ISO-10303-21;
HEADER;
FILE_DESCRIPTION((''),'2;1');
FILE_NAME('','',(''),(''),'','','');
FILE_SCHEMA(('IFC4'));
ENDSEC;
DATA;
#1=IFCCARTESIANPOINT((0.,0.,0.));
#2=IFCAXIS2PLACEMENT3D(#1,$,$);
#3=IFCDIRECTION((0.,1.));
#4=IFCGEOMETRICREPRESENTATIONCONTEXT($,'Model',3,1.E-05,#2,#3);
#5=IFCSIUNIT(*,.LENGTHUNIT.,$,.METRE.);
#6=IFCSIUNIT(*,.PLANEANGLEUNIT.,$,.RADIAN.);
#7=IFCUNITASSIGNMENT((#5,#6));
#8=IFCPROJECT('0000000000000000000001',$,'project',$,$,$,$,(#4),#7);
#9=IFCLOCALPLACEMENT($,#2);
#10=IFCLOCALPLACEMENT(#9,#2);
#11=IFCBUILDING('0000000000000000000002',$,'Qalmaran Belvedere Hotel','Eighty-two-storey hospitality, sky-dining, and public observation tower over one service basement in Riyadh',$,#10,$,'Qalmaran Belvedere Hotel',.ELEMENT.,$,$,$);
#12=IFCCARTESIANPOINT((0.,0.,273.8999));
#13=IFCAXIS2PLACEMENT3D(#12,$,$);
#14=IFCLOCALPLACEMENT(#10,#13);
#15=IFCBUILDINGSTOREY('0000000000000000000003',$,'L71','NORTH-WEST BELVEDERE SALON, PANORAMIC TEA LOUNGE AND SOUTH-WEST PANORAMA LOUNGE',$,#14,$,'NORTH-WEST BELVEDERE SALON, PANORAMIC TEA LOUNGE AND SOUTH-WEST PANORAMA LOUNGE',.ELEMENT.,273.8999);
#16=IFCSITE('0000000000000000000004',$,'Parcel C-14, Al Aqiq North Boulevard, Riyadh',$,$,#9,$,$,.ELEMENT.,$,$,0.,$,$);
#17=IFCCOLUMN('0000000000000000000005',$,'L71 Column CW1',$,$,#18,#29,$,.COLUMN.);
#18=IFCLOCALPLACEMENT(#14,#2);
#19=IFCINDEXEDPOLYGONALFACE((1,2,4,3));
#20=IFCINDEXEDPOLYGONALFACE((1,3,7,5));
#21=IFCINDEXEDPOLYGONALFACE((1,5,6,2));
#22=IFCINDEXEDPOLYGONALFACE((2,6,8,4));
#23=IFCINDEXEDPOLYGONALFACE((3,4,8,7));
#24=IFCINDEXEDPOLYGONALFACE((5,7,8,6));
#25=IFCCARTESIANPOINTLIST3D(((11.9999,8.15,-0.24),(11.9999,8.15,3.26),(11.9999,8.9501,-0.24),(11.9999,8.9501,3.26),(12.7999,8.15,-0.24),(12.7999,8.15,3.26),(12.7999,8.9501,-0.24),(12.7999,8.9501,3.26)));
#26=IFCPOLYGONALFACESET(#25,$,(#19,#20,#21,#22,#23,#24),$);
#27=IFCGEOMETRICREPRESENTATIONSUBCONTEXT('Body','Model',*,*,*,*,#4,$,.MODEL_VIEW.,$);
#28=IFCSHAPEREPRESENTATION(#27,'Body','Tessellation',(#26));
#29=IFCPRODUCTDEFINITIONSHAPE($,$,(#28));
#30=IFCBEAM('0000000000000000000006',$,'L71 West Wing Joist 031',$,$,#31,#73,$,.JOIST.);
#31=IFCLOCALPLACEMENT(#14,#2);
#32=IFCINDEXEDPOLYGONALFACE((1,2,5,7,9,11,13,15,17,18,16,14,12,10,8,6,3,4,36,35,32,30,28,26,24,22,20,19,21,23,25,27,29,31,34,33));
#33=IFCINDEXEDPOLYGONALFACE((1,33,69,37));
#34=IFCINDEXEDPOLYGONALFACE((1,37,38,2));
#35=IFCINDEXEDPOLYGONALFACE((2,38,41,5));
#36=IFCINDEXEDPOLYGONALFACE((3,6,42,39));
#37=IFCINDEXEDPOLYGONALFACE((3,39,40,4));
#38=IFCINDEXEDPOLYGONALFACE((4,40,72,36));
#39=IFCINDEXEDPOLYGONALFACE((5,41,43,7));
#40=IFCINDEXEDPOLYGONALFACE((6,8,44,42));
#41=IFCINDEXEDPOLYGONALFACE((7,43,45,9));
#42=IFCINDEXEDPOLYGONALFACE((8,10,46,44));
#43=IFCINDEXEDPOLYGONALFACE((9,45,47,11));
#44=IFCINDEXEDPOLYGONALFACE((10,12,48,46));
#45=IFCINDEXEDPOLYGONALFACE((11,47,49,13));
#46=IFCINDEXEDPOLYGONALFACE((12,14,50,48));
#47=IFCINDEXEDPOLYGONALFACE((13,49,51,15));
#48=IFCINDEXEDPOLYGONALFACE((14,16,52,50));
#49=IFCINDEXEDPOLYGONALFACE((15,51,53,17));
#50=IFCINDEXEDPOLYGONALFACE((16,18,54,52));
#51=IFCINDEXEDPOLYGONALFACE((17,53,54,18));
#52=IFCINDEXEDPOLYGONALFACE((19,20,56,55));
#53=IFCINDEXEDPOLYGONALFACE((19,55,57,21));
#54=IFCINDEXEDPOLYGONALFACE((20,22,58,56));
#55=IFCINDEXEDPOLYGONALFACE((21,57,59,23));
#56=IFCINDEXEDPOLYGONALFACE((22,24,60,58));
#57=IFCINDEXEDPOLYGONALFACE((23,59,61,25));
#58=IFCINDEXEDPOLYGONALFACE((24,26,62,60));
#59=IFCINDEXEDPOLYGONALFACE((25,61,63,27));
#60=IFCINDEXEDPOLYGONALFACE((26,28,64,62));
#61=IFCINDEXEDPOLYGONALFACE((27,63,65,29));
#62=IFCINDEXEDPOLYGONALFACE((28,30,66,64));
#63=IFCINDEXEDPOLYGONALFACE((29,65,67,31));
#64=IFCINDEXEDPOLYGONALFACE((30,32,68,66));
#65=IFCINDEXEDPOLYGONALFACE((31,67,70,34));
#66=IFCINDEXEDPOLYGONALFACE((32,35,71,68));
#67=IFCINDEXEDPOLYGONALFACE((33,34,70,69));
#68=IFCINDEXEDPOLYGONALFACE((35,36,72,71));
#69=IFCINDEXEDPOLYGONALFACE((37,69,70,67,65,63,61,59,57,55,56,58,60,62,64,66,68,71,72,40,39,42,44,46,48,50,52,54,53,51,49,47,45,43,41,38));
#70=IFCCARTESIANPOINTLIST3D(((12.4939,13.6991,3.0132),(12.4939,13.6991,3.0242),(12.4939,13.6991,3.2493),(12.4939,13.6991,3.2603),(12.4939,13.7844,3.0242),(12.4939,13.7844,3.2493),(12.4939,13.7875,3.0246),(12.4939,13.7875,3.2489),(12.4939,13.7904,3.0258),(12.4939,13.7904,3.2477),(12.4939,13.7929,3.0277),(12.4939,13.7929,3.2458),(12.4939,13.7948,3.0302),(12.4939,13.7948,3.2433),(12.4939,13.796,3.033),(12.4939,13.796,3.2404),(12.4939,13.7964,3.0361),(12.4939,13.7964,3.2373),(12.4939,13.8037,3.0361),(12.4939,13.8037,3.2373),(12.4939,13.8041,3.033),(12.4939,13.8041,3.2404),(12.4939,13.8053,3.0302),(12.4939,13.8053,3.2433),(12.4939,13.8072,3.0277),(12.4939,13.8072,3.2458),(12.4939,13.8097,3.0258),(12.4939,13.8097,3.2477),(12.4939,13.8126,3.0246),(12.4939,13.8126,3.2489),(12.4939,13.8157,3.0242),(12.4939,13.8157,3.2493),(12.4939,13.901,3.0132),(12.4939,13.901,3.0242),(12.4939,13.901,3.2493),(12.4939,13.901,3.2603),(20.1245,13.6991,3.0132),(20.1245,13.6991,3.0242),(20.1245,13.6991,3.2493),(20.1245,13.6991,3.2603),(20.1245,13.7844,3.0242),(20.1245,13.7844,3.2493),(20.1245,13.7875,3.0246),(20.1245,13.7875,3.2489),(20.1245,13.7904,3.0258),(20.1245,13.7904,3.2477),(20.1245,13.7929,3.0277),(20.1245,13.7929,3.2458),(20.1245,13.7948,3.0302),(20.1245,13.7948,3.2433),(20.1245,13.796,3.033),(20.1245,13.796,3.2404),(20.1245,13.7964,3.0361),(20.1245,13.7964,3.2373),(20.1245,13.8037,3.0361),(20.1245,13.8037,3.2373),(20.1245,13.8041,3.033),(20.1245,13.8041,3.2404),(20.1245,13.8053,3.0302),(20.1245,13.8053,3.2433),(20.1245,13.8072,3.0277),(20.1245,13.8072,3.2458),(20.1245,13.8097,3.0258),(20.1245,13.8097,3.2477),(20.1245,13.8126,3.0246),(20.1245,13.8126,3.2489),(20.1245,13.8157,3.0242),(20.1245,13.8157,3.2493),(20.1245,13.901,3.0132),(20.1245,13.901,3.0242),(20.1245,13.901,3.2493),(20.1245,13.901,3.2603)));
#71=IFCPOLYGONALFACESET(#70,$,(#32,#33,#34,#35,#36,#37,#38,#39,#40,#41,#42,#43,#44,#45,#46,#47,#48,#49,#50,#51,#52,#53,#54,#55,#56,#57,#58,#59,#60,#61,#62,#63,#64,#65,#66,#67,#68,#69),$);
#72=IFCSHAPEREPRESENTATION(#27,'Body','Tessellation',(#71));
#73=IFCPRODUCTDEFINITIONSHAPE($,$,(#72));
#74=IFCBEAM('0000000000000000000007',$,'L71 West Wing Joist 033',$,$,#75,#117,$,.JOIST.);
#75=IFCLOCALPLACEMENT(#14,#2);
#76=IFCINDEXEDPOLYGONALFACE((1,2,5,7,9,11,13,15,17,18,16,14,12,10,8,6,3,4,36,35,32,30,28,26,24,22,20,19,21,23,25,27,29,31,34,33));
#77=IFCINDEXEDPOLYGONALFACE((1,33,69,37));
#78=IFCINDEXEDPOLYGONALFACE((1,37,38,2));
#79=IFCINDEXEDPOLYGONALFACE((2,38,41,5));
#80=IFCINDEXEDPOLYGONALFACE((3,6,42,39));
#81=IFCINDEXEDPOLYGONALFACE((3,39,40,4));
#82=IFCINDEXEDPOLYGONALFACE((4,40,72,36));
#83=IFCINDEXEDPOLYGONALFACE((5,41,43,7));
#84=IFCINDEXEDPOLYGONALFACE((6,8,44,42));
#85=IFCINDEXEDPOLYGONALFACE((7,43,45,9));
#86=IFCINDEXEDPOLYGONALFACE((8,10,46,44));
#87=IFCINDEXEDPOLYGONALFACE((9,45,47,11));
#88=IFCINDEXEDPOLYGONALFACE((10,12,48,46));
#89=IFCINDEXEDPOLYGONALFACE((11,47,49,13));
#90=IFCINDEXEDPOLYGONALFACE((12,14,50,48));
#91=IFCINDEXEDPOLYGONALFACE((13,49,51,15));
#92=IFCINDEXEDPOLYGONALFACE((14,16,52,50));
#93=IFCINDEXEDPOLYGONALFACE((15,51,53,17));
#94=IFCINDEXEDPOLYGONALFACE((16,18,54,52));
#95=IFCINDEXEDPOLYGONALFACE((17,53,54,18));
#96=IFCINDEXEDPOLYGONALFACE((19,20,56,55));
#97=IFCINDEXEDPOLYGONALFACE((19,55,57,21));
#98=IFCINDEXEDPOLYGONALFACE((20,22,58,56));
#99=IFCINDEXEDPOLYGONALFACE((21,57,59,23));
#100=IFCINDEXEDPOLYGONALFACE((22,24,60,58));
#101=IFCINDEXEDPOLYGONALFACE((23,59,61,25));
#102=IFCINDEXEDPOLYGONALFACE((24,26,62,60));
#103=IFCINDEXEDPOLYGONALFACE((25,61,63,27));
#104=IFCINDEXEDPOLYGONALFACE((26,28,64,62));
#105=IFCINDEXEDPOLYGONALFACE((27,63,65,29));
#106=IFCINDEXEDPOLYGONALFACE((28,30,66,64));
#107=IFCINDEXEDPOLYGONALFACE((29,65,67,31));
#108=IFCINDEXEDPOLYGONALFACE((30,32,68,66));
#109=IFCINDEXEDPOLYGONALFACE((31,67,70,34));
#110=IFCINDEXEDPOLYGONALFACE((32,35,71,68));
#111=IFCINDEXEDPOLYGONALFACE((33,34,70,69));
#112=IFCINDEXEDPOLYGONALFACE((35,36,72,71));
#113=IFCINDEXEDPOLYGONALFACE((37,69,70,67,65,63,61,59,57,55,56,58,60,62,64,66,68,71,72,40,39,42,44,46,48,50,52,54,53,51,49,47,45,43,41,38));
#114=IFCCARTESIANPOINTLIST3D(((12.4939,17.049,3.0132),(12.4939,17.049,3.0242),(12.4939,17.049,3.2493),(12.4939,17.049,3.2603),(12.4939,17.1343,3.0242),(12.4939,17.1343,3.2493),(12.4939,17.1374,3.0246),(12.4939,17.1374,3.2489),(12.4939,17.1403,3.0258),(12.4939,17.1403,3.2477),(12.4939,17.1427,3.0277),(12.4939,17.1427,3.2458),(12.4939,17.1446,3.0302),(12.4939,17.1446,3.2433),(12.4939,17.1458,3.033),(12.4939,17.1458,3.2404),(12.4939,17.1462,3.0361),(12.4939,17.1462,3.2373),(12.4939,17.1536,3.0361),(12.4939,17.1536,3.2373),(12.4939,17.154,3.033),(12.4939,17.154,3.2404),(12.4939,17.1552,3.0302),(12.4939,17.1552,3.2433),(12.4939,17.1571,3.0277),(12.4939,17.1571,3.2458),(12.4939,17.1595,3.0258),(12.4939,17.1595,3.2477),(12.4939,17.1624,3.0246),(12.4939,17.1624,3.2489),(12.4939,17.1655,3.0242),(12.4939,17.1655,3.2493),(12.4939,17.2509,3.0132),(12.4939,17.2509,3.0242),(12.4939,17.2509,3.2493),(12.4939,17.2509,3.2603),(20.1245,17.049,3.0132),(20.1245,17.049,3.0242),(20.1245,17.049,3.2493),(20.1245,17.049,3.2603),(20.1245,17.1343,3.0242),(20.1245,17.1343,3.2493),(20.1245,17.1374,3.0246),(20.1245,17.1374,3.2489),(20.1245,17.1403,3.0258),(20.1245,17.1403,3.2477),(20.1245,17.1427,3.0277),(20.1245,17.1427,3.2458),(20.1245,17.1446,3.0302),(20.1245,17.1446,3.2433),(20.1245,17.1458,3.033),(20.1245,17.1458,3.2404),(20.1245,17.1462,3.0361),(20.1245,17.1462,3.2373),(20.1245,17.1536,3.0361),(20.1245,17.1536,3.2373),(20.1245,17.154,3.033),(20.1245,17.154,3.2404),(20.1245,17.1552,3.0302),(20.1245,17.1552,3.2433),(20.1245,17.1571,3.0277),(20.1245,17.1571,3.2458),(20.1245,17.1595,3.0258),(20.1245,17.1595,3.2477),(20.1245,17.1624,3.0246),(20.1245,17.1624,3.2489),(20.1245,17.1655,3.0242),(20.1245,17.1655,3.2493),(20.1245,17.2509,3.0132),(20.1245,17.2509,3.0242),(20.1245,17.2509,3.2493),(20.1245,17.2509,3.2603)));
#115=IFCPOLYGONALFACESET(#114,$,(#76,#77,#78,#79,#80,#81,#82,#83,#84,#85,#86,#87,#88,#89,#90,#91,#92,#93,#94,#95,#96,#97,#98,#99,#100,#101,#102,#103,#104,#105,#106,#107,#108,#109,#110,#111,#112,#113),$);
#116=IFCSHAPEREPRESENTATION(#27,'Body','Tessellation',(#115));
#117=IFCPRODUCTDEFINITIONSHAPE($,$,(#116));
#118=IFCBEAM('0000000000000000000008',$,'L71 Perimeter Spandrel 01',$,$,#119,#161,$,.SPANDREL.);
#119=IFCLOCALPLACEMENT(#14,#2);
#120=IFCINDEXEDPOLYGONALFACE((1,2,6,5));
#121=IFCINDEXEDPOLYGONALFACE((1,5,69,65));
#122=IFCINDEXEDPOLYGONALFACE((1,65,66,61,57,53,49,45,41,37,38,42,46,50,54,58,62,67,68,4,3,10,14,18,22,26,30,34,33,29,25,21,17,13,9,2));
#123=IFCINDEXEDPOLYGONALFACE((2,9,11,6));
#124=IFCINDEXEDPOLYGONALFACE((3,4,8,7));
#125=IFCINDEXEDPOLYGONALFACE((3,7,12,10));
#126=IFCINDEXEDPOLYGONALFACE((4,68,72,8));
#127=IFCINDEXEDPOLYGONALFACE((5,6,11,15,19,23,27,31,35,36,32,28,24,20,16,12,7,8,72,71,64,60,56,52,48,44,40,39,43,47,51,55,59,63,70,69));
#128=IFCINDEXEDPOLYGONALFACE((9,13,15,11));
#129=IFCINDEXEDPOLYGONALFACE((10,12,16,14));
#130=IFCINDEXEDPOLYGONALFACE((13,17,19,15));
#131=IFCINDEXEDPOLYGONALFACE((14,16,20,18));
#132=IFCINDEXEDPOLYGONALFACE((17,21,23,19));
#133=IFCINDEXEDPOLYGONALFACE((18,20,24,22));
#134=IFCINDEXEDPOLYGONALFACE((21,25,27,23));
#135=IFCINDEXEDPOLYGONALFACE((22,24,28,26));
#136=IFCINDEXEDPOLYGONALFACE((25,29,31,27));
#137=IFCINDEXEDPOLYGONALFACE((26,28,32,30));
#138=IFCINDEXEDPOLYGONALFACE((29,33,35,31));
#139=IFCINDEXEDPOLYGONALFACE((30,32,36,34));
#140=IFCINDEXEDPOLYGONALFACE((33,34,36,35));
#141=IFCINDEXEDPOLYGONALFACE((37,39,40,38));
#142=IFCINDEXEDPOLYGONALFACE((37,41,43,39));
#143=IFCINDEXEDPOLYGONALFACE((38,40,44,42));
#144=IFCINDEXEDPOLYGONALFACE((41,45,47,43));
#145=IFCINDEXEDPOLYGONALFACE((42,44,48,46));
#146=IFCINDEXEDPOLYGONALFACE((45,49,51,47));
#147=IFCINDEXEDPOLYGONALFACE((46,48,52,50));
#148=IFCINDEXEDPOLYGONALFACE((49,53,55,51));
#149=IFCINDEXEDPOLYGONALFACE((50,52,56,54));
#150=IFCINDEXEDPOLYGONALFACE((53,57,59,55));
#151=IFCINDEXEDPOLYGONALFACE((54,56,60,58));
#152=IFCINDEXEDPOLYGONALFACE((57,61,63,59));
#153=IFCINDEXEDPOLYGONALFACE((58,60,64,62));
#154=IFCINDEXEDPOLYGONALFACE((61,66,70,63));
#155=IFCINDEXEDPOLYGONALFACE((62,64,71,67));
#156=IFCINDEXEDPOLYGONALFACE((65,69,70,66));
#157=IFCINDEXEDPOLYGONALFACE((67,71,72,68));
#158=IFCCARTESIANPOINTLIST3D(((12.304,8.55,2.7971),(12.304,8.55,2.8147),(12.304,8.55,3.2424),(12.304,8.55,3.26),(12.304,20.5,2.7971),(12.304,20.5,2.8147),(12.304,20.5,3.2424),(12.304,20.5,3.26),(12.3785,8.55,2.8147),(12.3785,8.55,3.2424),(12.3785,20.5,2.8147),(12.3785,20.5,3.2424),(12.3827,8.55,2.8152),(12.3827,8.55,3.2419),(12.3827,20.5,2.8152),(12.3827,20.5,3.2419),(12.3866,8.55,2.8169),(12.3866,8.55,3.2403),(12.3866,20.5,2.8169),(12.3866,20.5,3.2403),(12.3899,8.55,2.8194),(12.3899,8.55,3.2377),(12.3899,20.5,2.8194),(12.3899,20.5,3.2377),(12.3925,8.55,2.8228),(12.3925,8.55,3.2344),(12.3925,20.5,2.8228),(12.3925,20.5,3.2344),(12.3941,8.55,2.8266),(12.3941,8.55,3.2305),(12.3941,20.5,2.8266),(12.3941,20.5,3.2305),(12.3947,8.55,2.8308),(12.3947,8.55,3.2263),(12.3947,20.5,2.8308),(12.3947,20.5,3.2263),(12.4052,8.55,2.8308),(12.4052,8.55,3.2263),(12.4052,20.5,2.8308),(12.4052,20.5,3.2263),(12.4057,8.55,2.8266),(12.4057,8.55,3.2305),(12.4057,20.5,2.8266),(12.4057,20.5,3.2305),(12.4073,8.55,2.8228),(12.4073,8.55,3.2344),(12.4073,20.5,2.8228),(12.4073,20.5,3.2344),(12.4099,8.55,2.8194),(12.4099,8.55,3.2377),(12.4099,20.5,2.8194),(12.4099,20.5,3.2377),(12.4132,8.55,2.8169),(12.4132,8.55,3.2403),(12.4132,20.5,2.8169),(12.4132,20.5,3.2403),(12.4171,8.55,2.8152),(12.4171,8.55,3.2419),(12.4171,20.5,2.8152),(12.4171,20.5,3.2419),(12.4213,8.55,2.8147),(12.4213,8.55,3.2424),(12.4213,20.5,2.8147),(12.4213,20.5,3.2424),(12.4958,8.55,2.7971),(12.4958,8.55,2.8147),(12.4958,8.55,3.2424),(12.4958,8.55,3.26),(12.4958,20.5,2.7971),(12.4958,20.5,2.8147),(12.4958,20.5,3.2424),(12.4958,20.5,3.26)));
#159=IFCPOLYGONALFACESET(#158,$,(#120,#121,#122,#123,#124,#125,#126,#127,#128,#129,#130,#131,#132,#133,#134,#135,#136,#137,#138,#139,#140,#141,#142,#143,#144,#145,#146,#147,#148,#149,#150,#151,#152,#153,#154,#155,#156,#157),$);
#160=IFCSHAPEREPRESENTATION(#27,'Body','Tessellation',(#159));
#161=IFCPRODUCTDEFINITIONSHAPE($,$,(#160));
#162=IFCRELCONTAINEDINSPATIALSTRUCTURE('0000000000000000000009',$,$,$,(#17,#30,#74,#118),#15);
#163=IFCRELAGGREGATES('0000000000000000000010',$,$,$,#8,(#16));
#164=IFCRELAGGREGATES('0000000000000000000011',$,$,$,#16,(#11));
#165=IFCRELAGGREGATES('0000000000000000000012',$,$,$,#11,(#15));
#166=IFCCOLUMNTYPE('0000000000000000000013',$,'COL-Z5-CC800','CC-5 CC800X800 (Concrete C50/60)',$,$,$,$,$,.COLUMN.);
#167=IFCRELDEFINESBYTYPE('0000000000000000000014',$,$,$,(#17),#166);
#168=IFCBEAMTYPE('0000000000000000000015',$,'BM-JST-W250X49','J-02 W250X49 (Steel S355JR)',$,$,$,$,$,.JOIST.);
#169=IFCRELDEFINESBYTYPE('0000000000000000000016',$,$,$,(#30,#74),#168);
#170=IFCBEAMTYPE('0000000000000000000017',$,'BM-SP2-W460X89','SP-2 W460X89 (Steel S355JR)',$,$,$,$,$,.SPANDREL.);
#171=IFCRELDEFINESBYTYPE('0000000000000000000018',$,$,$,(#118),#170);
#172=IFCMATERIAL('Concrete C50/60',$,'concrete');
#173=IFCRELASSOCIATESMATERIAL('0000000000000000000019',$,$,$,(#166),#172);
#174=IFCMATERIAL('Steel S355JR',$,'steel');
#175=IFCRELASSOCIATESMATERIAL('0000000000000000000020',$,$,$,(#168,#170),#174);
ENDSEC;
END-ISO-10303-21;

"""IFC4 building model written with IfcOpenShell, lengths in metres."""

from ifc_helpers import new_model, si_unit, direction, frame, origin, origin_2d, place, context, subcontext, project, spatial, rectangle, i_section, extrude, material, material_profile, profile_set, type_object, element, save


model = new_model("IFC4")

# Units and contexts
model_context = context("Model", 3, precision=1e-05, world=origin(), true_north=direction((0.0, 1.0)))
body_context = subcontext(model_context, "Body", "Model", "MODEL_VIEW")
ifc_project = project(units=[si_unit("LENGTHUNIT", "METRE"), si_unit("PLANEANGLEUNIT", "RADIAN")], contexts=[model_context])

# Site, building, storey
site_placement = place(None, origin())
site = spatial("IfcSite", under=ifc_project, at=site_placement, Name="Parcel C-14, Al Aqiq North Boulevard, Riyadh", CompositionType="ELEMENT", RefElevation=0.0)
building_placement = place(site_placement, origin())
building = spatial("IfcBuilding", under=site, at=building_placement, Name="Qalmaran Belvedere Hotel", Description="Eighty-two-storey hospitality, sky-dining, and public observation tower over one service basement in Riyadh", LongName="Qalmaran Belvedere Hotel", CompositionType="ELEMENT")
storey_placement = place(building_placement, frame((0.0, 0.0, 273.8999)))
storey = spatial("IfcBuildingStorey", under=building, at=storey_placement, Name="L71", Description="NORTH-WEST BELVEDERE SALON, PANORAMIC TEA LOUNGE AND SOUTH-WEST PANORAMA LOUNGE", LongName="NORTH-WEST BELVEDERE SALON, PANORAMIC TEA LOUNGE AND SOUTH-WEST PANORAMA LOUNGE", CompositionType="ELEMENT", Elevation=273.8999)

# Column
ifc_material_1 = material(Name="Concrete C50/60", Category="concrete")
ifc_material_profile_1 = material_profile(ifc_material_1, rectangle(XDim=0.8, YDim=0.8, at=origin_2d()), Name="CC800X800")
ifc_profile_set_1 = profile_set([ifc_material_profile_1], Name="Concrete C50/60")
column_type = type_object("IfcColumnType", Name="COL-Z5-CC800", Description="CC-5 CC800X800 (Concrete C50/60)", PredefinedType="COLUMN", material=ifc_profile_set_1)
column_placement = place(storey_placement, frame((12.3999, 8.55, -0.24), z_axis=(0.0, 0.0, 1.0), x_axis=(1.0, 0.0, 0.0)))
element("IfcColumn", 1, at=column_placement, inside=storey, type_object=column_type, Name="L71 Column CW1", PredefinedType="COLUMN", context=body_context, shape_type="SweptSolid", body=[
    extrude(rectangle(XDim=0.8, YDim=0.8, at=origin_2d()), origin(), (0.0, 0.0, 1.0), 3.5),
])

# Beams
ifc_material_2 = material(Name="Steel S355JR", Category="steel")
ifc_material_profile_2 = material_profile(ifc_material_2, i_section(OverallWidth=0.2019, OverallDepth=0.2471, WebThickness=0.0073, FlangeThickness=0.011, FilletRadius=0.012, at=origin_2d()), Name="W250X49")
ifc_profile_set_2 = profile_set([ifc_material_profile_2], Name="Steel S355JR")
beam_type_1 = type_object("IfcBeamType", Name="BM-JST-W250X49", Description="J-02 W250X49 (Steel S355JR)", PredefinedType="JOIST", material=ifc_profile_set_2)
for number, where, z_axis, x_axis, name in (
    (2, (12.4939, 13.8, 3.1367), (1.0, 0.0, 0.0), (0.0, 1.0, 0.0), "L71 West Wing Joist 031"),
    (3, (12.4939, 17.1499, 3.1367), (1.0, 0.0, 0.0), (0.0, 1.0, 0.0), "L71 West Wing Joist 033"),
):
    element("IfcBeam", number, at=place(storey_placement, frame(where, z_axis=z_axis, x_axis=x_axis)), inside=storey, type_object=beam_type_1, Name=name, PredefinedType="JOIST", context=body_context, shape_type="SweptSolid", body=[
        extrude(i_section(OverallWidth=0.2019, OverallDepth=0.2471, WebThickness=0.0073, FlangeThickness=0.011, FilletRadius=0.012, at=origin_2d()), origin(), (0.0, 0.0, 1.0), 7.6306),
    ])
ifc_material_profile_3 = material_profile(ifc_material_2, i_section(OverallWidth=0.1919, OverallDepth=0.4629, WebThickness=0.0105, FlangeThickness=0.0176, FilletRadius=0.0161, at=origin_2d()), Name="W460X89")
ifc_profile_set_3 = profile_set([ifc_material_profile_3], Name="Steel S355JR")
beam_type_2 = type_object("IfcBeamType", Name="BM-SP2-W460X89", Description="SP-2 W460X89 (Steel S355JR)", PredefinedType="SPANDREL", material=ifc_profile_set_3)
beam_1_placement = place(storey_placement, frame((12.3999, 8.55, 3.0286), z_axis=(0.0, 1.0, 0.0), x_axis=(-1.0, 0.0, 0.0)))
element("IfcBeam", 4, at=beam_1_placement, inside=storey, type_object=beam_type_2, Name="L71 Perimeter Spandrel 01", PredefinedType="SPANDREL", context=body_context, shape_type="SweptSolid", body=[
    extrude(i_section(OverallWidth=0.1919, OverallDepth=0.4629, WebThickness=0.0105, FlangeThickness=0.0176, FilletRadius=0.0161, at=origin_2d()), origin(), (0.0, 0.0, 1.0), 11.95),
])

save(model, "model.ifc")
